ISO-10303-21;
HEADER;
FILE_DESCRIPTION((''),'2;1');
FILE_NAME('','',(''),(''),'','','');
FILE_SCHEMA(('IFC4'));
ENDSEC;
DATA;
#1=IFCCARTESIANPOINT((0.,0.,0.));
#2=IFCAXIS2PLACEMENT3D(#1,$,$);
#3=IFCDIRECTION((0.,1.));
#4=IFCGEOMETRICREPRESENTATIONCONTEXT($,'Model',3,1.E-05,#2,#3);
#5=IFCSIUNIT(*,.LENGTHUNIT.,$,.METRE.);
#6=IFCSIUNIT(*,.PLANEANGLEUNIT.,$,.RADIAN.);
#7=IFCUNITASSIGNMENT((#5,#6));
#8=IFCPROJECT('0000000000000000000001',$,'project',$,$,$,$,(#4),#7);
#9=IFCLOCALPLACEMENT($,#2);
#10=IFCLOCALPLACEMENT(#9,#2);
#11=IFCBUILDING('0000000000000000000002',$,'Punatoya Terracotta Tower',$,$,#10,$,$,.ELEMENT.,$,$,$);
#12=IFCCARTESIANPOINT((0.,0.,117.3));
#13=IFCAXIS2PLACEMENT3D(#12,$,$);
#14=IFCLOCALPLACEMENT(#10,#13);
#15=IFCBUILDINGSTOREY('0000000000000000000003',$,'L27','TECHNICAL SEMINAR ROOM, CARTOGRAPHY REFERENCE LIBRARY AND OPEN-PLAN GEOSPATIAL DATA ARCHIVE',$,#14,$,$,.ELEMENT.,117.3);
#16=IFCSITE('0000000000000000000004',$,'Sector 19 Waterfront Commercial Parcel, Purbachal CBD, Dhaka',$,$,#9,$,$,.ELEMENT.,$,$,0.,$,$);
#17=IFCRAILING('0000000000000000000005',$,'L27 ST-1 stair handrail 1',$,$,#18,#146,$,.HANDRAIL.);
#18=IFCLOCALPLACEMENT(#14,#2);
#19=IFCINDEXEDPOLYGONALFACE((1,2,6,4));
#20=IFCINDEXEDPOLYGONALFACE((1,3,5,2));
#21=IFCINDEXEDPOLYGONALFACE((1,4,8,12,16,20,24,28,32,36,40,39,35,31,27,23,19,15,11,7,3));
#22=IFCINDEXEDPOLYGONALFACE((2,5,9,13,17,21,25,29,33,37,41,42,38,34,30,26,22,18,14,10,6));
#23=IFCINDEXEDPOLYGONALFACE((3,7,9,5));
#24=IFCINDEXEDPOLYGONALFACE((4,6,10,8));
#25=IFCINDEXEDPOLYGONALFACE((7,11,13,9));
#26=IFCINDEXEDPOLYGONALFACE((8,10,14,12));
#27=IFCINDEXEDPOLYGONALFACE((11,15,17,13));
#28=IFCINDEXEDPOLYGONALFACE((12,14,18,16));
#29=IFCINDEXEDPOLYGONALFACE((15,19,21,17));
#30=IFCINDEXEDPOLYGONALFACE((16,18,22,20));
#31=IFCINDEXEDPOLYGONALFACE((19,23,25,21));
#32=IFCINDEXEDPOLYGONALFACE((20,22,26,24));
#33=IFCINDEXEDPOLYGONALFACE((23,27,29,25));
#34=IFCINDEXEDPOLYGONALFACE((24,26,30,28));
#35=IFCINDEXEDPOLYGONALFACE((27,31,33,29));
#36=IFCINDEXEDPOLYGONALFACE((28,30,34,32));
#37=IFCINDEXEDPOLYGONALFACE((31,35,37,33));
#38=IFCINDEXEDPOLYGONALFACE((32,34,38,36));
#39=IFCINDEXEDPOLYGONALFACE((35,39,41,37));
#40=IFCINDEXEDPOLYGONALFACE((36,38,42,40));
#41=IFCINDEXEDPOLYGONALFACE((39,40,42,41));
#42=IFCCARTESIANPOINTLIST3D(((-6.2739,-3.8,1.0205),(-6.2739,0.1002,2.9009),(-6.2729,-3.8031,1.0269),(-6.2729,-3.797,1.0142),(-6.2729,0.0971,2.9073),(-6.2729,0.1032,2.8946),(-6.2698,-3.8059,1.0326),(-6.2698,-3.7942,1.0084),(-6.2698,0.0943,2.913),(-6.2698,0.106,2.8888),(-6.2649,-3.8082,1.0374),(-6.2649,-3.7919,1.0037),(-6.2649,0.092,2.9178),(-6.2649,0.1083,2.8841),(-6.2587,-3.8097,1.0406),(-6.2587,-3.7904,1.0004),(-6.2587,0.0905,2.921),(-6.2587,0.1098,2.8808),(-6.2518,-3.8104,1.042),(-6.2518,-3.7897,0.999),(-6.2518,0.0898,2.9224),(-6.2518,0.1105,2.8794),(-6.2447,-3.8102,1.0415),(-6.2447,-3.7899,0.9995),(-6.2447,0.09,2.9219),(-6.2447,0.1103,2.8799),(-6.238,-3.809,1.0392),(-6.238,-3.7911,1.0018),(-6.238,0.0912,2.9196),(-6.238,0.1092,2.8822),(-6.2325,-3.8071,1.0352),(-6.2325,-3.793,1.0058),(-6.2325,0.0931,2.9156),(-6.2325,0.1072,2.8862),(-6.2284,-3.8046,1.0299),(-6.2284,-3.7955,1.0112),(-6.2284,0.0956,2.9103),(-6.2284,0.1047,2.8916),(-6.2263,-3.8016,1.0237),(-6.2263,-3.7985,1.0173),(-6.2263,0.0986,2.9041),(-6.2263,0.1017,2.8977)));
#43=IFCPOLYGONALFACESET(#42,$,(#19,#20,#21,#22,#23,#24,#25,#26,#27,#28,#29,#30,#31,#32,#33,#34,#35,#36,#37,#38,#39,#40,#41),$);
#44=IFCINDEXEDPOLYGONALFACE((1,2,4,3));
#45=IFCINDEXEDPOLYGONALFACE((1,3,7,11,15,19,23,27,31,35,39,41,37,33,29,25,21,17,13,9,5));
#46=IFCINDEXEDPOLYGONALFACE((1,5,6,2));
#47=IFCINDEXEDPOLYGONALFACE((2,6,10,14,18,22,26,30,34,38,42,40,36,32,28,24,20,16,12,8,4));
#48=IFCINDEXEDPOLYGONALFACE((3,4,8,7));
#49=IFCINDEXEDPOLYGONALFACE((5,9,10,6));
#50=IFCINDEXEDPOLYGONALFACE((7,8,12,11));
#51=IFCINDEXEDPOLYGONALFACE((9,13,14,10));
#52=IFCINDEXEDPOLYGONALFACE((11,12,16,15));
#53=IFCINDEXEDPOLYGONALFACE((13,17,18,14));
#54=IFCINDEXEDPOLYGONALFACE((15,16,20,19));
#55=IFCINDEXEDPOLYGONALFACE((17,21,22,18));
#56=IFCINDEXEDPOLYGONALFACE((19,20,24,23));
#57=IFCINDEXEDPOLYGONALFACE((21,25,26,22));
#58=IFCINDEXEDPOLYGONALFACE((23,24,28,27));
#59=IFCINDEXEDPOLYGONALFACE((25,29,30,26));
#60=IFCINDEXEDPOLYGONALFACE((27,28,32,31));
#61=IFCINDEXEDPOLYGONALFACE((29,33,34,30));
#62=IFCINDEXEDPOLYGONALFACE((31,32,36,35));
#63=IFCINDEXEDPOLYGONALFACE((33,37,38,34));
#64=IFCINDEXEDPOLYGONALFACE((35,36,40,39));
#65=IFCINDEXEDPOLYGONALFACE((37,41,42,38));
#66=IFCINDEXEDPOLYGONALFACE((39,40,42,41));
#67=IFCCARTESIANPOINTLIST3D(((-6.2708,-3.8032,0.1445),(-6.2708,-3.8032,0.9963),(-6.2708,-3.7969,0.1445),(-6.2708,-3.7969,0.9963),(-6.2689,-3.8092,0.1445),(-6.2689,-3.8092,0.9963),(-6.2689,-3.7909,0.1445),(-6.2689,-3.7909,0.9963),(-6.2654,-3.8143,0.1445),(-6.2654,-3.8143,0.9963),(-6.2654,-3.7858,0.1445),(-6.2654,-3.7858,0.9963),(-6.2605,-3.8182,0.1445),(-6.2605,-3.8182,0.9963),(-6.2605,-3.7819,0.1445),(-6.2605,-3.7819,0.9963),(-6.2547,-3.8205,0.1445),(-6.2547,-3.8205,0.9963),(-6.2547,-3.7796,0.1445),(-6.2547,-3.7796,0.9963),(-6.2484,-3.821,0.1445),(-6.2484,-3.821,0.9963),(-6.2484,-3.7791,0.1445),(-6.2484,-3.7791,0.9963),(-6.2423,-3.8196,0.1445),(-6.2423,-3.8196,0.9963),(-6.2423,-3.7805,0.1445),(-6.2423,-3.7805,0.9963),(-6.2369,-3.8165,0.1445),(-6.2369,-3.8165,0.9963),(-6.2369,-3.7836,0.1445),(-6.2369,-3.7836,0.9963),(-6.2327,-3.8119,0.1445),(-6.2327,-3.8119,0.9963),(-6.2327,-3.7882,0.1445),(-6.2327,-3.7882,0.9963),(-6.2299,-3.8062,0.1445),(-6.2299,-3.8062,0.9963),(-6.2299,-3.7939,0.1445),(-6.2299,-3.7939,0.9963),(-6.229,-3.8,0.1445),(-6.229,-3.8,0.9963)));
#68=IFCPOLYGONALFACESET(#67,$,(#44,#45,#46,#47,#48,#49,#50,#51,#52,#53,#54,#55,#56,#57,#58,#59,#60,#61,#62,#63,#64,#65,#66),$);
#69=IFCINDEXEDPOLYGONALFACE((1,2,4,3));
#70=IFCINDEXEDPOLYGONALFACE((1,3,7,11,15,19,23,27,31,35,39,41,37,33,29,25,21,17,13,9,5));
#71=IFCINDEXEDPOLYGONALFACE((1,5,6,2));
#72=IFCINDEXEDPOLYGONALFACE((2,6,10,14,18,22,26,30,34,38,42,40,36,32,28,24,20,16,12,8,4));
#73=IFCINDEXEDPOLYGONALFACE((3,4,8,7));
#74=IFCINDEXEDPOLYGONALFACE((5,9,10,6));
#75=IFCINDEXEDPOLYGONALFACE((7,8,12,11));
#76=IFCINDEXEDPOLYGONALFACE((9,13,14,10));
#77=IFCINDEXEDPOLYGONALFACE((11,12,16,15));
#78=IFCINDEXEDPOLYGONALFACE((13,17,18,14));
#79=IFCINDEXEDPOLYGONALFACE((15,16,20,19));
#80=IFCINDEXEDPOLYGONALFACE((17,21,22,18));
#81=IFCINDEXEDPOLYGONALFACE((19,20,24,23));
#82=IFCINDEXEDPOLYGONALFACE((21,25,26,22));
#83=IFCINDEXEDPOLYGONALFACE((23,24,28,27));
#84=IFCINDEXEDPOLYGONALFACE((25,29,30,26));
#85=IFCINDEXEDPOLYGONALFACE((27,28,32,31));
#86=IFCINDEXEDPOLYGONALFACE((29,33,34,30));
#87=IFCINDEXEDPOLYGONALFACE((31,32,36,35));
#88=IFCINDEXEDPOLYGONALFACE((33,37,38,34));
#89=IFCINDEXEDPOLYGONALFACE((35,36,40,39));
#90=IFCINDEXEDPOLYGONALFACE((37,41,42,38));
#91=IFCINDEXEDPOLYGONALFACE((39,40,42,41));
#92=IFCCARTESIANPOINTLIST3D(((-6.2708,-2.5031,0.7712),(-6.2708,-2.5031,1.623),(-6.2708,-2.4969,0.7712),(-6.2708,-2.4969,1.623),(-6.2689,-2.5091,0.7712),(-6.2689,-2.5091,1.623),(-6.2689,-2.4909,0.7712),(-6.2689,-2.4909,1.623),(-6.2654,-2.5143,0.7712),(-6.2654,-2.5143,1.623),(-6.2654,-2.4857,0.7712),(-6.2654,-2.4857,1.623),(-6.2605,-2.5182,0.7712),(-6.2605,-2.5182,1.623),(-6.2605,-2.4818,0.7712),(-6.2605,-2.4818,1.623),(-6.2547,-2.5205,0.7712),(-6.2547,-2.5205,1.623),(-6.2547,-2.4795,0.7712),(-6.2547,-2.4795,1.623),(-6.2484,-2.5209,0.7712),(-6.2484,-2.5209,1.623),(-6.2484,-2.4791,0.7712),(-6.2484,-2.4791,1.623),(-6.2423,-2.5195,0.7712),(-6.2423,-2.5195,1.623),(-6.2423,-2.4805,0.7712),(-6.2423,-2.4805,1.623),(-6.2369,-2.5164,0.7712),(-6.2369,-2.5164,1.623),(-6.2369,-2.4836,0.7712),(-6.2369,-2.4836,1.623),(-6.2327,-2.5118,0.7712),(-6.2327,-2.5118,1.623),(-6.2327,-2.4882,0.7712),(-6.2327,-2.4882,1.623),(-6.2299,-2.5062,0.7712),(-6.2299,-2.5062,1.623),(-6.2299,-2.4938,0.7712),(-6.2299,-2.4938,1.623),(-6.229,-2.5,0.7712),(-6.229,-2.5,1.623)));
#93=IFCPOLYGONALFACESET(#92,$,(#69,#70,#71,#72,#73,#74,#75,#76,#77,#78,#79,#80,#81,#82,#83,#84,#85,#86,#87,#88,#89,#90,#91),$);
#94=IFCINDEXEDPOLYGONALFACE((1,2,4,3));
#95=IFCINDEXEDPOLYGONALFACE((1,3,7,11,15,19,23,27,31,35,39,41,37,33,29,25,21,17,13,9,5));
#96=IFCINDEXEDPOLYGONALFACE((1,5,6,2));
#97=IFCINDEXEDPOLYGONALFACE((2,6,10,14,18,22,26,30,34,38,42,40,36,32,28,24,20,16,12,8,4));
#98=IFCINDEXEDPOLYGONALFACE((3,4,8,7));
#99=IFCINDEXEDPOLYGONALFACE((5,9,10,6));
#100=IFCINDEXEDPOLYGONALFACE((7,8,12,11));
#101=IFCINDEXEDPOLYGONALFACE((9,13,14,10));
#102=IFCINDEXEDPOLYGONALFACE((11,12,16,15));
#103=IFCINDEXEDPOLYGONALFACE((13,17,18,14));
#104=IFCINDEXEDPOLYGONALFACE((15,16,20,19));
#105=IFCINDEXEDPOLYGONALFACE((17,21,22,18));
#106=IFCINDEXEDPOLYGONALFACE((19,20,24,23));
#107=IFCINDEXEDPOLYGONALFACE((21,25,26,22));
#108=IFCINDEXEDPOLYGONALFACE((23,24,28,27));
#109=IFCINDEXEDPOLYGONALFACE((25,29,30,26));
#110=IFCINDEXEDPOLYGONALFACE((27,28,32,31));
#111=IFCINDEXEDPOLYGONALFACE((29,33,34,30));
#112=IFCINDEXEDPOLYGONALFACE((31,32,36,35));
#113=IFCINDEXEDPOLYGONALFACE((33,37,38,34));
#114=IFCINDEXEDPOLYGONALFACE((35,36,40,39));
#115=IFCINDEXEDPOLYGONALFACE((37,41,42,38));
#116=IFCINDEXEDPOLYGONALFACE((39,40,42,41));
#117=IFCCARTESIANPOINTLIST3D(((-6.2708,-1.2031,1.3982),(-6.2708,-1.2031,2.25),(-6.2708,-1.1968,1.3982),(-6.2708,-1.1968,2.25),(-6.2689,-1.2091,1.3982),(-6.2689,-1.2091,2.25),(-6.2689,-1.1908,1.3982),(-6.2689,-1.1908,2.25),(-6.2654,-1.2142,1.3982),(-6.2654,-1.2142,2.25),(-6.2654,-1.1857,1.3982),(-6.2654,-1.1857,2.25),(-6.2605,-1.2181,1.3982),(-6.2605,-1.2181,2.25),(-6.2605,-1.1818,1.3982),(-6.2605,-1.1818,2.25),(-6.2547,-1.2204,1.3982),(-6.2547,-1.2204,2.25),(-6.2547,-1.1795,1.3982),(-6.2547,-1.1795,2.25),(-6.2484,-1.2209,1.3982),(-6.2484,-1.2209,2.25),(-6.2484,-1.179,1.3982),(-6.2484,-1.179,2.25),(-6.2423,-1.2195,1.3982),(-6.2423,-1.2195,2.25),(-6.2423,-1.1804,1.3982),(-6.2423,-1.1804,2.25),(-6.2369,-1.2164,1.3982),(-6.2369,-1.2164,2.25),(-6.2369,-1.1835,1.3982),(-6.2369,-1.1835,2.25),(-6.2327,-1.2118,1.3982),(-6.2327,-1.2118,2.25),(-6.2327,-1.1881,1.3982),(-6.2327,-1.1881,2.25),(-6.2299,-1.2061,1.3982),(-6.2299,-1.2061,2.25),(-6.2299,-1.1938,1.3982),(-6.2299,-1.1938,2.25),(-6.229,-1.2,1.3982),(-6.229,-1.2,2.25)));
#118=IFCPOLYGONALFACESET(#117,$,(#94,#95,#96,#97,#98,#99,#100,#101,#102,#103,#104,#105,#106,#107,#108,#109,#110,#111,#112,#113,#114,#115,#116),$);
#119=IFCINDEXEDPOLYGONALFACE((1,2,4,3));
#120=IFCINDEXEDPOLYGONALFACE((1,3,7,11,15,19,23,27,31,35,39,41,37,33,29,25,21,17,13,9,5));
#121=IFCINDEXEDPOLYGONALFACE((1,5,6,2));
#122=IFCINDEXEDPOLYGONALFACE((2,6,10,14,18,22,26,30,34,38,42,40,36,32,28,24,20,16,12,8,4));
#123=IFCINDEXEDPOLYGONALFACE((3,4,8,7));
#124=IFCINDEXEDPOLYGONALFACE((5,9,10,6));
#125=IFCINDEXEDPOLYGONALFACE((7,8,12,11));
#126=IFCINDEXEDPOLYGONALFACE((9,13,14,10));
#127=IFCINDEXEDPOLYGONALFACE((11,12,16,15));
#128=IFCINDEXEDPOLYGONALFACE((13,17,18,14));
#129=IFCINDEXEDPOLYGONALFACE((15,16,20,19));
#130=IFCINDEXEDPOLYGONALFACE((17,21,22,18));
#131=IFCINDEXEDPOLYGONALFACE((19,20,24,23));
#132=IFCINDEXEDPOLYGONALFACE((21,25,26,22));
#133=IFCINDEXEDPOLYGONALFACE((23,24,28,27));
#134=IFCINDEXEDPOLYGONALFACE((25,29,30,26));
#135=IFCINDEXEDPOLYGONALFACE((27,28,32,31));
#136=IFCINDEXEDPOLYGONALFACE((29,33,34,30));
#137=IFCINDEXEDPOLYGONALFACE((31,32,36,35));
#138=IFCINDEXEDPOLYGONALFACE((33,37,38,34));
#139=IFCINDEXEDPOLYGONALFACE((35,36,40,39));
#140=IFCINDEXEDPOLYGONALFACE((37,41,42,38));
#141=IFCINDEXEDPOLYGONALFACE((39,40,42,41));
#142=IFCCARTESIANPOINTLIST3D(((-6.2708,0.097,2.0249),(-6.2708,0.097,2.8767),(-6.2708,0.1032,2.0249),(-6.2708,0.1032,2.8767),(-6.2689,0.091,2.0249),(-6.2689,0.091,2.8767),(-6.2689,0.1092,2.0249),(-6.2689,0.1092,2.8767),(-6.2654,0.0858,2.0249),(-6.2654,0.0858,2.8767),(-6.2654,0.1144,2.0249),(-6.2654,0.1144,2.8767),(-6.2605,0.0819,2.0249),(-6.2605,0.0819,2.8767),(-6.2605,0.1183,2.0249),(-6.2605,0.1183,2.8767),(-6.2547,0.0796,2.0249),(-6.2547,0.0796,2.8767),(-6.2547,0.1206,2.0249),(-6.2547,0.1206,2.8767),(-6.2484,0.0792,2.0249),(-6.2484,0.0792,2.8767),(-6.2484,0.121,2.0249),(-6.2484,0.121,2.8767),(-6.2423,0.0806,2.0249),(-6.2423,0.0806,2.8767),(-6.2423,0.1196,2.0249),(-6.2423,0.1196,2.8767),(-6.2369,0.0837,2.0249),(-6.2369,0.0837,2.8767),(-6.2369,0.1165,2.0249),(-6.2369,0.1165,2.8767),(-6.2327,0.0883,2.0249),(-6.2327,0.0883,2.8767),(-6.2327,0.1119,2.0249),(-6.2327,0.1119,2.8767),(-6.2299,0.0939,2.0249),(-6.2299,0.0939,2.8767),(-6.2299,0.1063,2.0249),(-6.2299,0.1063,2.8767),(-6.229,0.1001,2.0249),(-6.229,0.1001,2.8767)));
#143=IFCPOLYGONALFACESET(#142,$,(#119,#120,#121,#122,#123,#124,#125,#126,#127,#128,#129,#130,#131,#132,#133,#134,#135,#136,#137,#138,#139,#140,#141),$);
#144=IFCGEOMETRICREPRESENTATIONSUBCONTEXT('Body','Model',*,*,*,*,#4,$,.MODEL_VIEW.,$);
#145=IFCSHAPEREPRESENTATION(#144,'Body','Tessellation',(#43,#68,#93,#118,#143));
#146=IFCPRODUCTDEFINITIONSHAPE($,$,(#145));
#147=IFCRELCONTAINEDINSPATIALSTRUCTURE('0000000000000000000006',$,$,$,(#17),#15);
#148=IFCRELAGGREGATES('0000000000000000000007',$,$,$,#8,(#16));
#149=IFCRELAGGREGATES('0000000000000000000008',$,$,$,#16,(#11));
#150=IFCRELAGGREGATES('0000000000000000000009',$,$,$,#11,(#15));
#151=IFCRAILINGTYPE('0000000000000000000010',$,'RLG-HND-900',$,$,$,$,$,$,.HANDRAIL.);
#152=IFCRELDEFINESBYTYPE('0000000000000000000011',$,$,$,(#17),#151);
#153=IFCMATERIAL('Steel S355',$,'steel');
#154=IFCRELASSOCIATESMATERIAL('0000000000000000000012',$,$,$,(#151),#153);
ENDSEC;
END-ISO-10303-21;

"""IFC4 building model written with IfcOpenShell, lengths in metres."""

from ifc_helpers import new_model, si_unit, direction, frame, origin, origin_2d, place, context, subcontext, project, spatial, circle, extrude, material, type_object, element, save


model = new_model("IFC4")

# Units and contexts
model_context = context("Model", 3, precision=1e-05, world=origin(), true_north=direction((0.0, 1.0)))
body_context = subcontext(model_context, "Body", "Model", "MODEL_VIEW")
ifc_project = project(units=[si_unit("LENGTHUNIT", "METRE"), si_unit("PLANEANGLEUNIT", "RADIAN")], contexts=[model_context])

# Site, building, storey
site_placement = place(None, origin())
site = spatial("IfcSite", under=ifc_project, at=site_placement, Name="Sector 19 Waterfront Commercial Parcel, Purbachal CBD, Dhaka", CompositionType="ELEMENT", RefElevation=0.0)
building_placement = place(site_placement, origin())
building = spatial("IfcBuilding", under=site, at=building_placement, Name="Punatoya Terracotta Tower", CompositionType="ELEMENT")
storey_placement = place(building_placement, frame((0.0, 0.0, 117.3)))
storey = spatial("IfcBuildingStorey", under=building, at=storey_placement, Name="L27", Description="TECHNICAL SEMINAR ROOM, CARTOGRAPHY REFERENCE LIBRARY AND OPEN-PLAN GEOSPATIAL DATA ARCHIVE", CompositionType="ELEMENT", Elevation=117.3)

# Railing
ifc_material_1 = material(Name="Steel S355", Category="steel")
railing_type_1 = type_object("IfcRailingType", Name="RLG-HND-900", PredefinedType="HANDRAIL", material=ifc_material_1)
railing_1_placement = place(storey_placement, frame((-6.25, -3.8, 0.1445)))
element("IfcRailing", 1, at=railing_1_placement, inside=storey, type_object=railing_type_1, Name="L27 ST-1 stair handrail 1", PredefinedType="HANDRAIL", context=body_context, shape_type="SweptSolid", body=[
    extrude(circle(Radius=0.0239, at=origin_2d()), frame((0.0, 0.0, 0.876), z_axis=(0.0, 0.900774, 0.434289), x_axis=(-1.0, 0.0, 0.0)), (0.0, 0.0, 1.0), 4.3298),
    extrude(circle(Radius=0.021, at=origin_2d()), origin(), (0.0, 0.0, 1.0), 0.8518),
    extrude(circle(Radius=0.021, at=origin_2d()), frame((0.0, 1.3, 0.6267)), (0.0, 0.0, 1.0), 0.8518),
    extrude(circle(Radius=0.021, at=origin_2d()), frame((0.0, 2.6001, 1.2537)), (0.0, 0.0, 1.0), 0.8518),
    extrude(circle(Radius=0.021, at=origin_2d()), frame((0.0, 3.9001, 1.8804)), (0.0, 0.0, 1.0), 0.8518),
])

save(model, "model.ifc")
